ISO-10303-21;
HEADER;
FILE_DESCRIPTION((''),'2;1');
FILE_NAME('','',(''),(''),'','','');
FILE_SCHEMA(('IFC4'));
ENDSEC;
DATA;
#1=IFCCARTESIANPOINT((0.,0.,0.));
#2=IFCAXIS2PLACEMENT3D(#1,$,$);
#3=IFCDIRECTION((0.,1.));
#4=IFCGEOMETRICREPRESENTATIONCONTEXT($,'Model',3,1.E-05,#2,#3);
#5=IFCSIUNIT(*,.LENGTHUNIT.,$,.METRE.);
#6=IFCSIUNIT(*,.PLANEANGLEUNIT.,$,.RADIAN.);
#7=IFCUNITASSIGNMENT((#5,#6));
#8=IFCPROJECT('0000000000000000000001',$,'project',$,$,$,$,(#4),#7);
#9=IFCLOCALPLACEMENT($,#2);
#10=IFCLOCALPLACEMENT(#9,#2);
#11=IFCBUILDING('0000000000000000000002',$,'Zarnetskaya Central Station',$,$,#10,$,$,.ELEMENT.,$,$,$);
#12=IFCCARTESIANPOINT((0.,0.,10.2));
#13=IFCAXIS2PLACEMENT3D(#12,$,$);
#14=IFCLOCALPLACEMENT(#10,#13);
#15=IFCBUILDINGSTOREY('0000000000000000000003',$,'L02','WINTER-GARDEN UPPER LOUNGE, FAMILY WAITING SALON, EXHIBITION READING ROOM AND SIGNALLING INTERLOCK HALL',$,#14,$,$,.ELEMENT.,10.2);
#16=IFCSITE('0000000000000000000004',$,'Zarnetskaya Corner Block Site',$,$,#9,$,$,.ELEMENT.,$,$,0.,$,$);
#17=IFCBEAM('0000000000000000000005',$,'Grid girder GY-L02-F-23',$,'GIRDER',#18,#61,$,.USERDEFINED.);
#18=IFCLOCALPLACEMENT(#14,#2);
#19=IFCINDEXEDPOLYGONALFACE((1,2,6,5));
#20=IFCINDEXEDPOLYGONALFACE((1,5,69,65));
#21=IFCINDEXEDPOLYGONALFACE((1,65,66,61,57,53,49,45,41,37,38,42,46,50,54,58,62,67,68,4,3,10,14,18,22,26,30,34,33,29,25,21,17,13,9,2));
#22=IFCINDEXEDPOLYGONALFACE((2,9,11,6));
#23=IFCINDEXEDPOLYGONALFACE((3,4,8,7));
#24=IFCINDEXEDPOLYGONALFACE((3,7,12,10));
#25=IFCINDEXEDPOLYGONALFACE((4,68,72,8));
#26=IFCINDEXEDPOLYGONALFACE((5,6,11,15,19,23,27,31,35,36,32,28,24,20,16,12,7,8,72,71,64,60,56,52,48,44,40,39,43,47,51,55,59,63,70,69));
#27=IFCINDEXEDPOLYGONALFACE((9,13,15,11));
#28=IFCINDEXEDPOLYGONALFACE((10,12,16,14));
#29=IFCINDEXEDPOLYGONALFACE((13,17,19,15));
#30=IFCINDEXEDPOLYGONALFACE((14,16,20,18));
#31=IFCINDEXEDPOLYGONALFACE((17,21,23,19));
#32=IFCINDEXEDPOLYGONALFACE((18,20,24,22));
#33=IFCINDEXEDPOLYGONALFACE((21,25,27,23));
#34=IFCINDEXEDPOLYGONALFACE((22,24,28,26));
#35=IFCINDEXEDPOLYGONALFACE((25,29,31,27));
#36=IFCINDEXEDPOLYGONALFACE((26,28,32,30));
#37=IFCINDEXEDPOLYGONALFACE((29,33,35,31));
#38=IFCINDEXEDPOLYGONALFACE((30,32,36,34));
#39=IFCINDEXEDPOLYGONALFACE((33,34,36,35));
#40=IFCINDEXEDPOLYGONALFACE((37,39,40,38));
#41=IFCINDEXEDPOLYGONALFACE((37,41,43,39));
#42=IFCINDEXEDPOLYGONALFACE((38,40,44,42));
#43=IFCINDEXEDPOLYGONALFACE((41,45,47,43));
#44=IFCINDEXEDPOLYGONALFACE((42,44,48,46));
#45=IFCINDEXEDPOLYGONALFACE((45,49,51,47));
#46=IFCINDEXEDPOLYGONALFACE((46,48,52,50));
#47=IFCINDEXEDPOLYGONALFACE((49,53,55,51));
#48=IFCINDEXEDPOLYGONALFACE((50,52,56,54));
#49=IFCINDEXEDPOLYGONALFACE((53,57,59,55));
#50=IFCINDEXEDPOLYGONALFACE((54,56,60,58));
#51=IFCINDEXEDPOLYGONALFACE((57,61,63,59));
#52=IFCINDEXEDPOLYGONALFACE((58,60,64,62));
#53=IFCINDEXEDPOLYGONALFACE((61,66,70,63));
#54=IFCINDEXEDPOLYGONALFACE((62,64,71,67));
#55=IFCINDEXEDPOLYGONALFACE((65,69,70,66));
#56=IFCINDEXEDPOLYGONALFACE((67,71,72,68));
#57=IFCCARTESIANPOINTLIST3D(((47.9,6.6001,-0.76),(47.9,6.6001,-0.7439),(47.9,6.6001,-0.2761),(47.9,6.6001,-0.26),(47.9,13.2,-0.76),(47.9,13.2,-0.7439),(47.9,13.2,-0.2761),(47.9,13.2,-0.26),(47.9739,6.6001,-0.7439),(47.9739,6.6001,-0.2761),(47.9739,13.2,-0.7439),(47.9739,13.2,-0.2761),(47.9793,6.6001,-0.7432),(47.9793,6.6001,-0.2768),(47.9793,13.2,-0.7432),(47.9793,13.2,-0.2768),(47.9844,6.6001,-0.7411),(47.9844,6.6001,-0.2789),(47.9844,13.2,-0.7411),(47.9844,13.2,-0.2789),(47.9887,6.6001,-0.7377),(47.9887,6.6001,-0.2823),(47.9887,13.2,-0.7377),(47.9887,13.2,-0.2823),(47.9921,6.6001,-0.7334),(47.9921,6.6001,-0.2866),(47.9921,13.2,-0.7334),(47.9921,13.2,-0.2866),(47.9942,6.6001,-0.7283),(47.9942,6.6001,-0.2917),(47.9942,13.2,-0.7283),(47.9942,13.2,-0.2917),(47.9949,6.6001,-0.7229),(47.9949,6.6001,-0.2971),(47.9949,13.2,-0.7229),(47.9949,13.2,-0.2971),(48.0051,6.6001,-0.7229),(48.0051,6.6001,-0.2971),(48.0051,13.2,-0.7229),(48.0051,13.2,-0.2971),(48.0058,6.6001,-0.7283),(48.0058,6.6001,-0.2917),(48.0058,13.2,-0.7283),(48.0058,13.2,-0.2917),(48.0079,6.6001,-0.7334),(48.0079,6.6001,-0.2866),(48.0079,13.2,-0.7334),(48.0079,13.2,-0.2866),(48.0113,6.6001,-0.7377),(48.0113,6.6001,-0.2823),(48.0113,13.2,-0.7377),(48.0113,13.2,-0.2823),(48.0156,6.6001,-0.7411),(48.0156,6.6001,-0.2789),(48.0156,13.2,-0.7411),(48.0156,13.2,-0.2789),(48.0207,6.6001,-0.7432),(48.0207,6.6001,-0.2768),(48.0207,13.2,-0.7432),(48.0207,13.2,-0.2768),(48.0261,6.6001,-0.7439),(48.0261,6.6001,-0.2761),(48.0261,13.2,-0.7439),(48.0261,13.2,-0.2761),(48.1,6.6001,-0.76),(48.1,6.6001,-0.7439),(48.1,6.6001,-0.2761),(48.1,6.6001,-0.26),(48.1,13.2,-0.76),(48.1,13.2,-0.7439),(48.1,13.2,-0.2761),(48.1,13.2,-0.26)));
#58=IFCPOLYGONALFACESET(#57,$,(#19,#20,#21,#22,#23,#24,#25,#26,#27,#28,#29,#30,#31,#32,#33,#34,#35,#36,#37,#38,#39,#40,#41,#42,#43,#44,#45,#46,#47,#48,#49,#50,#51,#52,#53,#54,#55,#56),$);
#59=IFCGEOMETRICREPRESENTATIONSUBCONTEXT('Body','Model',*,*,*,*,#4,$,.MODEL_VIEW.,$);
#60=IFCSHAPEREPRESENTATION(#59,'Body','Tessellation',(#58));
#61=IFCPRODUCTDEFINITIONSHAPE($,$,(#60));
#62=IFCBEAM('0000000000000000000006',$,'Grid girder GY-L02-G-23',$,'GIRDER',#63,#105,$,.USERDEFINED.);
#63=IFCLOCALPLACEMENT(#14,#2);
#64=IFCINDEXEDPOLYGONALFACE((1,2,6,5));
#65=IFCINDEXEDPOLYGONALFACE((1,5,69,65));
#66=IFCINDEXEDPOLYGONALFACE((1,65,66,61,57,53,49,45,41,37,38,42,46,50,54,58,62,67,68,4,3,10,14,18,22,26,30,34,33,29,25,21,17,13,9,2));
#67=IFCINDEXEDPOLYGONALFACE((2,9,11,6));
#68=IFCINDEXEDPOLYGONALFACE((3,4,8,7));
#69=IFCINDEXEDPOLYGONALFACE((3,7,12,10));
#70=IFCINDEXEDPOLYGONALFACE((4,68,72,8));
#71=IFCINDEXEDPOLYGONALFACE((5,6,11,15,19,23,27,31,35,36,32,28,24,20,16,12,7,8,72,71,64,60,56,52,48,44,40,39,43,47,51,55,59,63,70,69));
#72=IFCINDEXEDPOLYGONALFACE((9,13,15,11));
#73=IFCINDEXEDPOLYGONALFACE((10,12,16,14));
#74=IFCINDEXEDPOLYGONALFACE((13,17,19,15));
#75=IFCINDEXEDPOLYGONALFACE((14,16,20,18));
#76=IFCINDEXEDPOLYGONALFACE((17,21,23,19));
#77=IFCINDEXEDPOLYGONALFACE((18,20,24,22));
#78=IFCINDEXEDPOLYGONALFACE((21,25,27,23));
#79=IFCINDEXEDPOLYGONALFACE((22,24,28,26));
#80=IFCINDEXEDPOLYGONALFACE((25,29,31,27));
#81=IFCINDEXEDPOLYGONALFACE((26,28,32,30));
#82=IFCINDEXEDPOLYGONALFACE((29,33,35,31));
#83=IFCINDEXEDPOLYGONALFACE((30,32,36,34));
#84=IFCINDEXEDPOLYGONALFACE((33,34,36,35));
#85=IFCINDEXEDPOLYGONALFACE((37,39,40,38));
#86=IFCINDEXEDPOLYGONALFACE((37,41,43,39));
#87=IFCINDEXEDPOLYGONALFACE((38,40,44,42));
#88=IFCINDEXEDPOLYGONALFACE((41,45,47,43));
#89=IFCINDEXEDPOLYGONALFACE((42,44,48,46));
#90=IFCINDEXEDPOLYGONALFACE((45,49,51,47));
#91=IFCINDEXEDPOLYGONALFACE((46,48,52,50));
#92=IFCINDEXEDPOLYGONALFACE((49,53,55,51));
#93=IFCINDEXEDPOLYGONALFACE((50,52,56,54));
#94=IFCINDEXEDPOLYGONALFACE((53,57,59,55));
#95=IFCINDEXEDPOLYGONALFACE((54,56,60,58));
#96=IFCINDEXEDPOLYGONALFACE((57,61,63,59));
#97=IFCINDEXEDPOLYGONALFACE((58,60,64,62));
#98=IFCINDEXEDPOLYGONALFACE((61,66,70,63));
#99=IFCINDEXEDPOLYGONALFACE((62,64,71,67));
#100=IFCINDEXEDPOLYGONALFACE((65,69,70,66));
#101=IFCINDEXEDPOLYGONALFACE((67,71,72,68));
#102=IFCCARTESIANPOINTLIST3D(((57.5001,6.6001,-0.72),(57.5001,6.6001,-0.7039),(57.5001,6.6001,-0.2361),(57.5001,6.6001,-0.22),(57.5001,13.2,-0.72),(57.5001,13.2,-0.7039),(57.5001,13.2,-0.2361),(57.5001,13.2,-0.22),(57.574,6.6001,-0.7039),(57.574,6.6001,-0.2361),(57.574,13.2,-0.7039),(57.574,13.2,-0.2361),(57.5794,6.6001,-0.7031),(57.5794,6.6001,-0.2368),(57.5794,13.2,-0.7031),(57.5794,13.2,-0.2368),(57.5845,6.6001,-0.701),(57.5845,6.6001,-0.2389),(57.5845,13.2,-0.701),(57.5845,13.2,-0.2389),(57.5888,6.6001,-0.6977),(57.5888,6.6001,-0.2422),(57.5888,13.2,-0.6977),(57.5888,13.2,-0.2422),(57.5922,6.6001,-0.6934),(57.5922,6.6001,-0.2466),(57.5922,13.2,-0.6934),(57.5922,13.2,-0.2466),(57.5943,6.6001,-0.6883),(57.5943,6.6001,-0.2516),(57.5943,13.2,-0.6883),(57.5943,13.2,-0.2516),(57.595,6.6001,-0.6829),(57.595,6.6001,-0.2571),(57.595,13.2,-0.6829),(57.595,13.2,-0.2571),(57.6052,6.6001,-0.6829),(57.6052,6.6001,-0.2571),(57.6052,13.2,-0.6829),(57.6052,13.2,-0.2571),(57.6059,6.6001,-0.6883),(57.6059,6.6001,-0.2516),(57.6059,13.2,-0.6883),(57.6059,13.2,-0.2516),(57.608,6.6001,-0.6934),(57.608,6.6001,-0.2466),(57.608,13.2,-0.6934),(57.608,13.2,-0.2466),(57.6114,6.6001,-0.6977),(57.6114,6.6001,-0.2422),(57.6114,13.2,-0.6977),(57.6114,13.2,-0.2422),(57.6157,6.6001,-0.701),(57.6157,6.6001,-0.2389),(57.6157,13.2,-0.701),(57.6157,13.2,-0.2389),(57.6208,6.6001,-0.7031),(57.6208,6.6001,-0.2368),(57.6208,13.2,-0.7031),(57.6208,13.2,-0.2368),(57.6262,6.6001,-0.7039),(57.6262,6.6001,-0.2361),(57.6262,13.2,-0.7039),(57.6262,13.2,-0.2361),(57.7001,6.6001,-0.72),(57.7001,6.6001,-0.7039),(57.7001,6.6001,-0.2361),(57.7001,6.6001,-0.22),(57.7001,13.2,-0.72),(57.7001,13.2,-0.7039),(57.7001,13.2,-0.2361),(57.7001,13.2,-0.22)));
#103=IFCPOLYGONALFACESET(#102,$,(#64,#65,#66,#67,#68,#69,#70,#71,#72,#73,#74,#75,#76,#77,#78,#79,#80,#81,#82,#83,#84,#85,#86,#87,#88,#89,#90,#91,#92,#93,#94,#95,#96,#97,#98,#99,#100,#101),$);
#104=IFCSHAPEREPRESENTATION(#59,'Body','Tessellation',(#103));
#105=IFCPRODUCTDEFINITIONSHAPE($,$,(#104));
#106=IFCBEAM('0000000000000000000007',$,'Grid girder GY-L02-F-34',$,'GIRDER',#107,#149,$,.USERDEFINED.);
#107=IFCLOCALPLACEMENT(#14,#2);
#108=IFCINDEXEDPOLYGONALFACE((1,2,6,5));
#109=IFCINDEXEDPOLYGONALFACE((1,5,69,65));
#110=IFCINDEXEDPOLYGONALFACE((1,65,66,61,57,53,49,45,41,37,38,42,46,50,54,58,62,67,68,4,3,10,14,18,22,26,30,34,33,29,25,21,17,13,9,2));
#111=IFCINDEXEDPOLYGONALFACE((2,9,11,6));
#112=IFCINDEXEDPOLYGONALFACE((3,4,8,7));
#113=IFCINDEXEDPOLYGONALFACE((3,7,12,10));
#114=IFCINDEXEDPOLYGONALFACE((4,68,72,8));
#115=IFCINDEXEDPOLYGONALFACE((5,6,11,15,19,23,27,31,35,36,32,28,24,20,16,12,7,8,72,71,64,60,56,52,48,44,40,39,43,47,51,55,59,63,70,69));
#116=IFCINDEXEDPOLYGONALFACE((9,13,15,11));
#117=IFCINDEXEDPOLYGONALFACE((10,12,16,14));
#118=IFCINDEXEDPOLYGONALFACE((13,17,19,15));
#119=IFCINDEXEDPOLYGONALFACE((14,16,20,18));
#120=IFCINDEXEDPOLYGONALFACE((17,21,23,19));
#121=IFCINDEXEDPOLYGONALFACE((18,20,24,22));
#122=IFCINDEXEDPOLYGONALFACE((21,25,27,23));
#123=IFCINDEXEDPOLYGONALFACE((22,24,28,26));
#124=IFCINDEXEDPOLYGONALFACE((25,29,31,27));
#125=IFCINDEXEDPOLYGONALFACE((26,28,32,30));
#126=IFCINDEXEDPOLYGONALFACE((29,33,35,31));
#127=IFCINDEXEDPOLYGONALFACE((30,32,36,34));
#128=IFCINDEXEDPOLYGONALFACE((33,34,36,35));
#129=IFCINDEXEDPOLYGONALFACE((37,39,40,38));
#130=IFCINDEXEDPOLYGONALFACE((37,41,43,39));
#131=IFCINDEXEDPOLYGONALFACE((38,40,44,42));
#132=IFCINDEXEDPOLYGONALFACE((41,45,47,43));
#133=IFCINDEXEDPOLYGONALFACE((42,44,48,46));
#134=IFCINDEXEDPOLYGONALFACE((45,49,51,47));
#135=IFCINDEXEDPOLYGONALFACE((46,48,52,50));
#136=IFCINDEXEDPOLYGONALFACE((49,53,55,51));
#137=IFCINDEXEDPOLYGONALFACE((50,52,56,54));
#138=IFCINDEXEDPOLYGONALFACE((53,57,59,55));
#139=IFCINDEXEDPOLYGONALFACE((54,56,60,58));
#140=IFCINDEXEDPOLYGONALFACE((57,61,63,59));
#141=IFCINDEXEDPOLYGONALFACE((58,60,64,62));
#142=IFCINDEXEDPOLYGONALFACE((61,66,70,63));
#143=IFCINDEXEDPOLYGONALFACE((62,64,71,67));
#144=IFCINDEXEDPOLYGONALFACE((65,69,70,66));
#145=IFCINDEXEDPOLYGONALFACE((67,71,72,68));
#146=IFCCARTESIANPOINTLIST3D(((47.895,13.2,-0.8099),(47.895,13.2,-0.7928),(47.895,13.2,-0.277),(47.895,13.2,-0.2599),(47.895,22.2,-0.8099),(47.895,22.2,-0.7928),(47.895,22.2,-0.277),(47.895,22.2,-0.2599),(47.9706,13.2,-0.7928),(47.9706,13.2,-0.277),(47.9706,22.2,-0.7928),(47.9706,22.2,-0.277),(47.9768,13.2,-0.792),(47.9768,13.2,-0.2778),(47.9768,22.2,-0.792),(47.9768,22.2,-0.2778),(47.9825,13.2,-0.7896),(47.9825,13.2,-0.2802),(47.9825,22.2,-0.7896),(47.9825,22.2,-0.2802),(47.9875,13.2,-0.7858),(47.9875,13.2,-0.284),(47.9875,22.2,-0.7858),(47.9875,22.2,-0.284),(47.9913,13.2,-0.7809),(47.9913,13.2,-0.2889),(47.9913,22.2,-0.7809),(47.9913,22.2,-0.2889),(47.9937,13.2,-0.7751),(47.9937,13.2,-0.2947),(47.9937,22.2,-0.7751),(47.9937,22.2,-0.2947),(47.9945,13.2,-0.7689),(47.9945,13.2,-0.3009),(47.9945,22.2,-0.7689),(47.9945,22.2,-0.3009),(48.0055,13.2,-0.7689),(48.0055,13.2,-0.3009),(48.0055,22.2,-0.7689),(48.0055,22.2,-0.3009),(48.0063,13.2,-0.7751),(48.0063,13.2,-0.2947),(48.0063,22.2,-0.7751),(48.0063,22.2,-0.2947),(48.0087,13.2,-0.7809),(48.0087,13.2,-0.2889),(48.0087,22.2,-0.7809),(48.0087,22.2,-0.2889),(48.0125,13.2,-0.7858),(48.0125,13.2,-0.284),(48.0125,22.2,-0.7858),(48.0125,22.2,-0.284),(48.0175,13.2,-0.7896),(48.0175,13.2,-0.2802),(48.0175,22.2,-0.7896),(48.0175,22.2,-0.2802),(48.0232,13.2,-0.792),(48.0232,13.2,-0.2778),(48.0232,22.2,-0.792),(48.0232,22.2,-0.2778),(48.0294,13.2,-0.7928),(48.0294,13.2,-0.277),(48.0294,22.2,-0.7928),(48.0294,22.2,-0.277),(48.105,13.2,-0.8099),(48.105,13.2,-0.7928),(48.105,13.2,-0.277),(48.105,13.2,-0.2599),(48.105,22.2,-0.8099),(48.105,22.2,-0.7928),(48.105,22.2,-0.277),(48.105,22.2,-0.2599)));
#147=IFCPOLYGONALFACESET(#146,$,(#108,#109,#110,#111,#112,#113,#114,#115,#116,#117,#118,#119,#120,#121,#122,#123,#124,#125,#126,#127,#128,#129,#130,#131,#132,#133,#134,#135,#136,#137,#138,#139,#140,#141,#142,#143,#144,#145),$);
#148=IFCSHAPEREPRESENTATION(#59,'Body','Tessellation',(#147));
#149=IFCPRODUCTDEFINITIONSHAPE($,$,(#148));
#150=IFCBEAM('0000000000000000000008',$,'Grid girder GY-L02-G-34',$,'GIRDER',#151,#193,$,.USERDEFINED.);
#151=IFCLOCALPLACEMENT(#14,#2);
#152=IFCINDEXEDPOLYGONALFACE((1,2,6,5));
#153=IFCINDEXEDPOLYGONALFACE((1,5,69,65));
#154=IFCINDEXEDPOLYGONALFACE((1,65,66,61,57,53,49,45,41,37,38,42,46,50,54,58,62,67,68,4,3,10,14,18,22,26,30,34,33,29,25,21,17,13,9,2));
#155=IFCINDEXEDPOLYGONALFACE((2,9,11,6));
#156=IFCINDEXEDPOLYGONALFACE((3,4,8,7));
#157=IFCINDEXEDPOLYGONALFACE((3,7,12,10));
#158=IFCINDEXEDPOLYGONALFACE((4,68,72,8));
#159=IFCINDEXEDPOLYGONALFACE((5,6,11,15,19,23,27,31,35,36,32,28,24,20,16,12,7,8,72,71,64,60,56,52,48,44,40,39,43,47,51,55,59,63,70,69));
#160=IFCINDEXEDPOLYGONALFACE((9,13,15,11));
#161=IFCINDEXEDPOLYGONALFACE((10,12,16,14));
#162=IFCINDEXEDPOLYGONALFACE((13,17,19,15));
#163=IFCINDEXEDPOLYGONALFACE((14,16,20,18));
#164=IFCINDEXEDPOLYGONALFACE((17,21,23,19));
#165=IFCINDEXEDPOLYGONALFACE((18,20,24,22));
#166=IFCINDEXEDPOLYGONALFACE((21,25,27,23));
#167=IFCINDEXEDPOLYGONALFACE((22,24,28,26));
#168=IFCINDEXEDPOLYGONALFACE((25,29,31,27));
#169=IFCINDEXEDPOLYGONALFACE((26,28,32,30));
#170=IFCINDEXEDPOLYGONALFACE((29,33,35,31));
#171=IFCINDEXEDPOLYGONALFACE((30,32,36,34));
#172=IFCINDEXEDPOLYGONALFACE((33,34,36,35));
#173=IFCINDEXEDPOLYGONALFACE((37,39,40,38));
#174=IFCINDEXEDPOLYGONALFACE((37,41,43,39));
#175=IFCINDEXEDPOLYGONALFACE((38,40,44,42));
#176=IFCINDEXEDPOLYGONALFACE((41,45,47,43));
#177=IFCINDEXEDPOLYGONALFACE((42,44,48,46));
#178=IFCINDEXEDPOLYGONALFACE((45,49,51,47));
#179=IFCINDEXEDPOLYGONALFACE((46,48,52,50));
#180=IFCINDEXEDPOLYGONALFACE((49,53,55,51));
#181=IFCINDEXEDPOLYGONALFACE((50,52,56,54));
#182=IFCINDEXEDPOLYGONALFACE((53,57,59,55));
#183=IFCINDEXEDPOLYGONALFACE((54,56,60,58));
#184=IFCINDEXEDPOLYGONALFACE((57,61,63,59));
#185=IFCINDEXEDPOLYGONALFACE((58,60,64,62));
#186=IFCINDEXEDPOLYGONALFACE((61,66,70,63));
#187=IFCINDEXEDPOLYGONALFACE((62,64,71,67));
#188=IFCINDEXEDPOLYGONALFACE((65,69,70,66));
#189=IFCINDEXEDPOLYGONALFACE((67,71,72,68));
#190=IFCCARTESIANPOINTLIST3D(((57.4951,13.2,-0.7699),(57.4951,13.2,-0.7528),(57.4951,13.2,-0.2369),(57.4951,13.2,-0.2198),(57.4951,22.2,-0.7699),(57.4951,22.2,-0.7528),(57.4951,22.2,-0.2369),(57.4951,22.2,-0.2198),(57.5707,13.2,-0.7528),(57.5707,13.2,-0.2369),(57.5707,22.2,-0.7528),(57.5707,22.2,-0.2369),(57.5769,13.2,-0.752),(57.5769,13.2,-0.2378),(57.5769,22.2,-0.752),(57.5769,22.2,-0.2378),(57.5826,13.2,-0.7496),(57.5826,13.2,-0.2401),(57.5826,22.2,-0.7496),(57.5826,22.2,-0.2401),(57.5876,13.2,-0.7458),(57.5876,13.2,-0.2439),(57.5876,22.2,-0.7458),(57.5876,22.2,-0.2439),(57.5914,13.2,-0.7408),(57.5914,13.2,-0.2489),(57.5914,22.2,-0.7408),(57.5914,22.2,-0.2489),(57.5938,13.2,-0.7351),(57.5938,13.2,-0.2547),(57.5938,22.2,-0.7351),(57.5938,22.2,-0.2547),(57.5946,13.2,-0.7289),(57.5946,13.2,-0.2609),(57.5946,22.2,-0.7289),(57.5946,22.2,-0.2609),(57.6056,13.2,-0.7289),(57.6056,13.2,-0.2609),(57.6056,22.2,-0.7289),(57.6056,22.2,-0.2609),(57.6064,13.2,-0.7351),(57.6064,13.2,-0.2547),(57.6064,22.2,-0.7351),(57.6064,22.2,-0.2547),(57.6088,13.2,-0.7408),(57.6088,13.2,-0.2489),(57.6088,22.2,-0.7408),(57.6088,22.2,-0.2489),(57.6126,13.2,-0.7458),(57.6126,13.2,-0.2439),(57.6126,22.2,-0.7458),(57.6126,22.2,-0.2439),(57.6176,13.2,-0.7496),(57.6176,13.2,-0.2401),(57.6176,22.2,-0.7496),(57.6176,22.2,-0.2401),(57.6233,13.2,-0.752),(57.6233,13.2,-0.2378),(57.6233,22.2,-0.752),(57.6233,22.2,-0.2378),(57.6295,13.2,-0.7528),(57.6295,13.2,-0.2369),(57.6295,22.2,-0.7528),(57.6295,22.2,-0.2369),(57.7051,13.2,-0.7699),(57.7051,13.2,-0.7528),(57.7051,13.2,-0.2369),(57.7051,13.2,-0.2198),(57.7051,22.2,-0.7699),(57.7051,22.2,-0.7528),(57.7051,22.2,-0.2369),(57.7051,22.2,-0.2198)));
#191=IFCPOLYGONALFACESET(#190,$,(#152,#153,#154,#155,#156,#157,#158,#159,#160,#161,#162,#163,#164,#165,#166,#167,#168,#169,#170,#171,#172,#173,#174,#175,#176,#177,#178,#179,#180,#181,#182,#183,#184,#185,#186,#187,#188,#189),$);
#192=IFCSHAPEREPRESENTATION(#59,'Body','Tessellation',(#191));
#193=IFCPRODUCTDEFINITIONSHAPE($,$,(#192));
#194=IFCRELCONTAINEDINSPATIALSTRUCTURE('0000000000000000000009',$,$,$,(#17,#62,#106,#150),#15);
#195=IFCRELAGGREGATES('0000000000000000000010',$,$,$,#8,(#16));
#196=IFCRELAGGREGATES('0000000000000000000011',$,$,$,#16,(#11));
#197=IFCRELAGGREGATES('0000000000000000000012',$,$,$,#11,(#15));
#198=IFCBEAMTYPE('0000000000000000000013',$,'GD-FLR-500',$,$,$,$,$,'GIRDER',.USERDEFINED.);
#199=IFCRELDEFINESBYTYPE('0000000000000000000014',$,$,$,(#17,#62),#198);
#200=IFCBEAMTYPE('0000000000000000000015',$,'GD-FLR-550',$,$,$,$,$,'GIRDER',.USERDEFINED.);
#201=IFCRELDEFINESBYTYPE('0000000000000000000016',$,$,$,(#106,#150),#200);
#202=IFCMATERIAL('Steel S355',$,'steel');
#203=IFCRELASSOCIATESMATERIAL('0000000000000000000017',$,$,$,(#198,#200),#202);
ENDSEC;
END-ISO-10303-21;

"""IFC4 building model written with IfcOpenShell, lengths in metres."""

from ifc_helpers import new_model, si_unit, direction, frame, origin, origin_2d, place, context, subcontext, project, spatial, i_section, extrude, material, material_profile, profile_set, type_object, element, save


model = new_model("IFC4")

# Units and contexts
model_context = context("Model", 3, precision=1e-05, world=origin(), true_north=direction((0.0, 1.0)))
body_context = subcontext(model_context, "Body", "Model", "MODEL_VIEW")
ifc_project = project(units=[si_unit("LENGTHUNIT", "METRE"), si_unit("PLANEANGLEUNIT", "RADIAN")], contexts=[model_context])

# Site, building, storey
site_placement = place(None, origin())
site = spatial("IfcSite", under=ifc_project, at=site_placement, Name="Zarnetskaya Corner Block Site", CompositionType="ELEMENT", RefElevation=0.0)
building_placement = place(site_placement, origin())
building = spatial("IfcBuilding", under=site, at=building_placement, Name="Zarnetskaya Central Station", CompositionType="ELEMENT")
storey_placement = place(building_placement, frame((0.0, 0.0, 10.2)))
storey = spatial("IfcBuildingStorey", under=building, at=storey_placement, Name="L02", Description="WINTER-GARDEN UPPER LOUNGE, FAMILY WAITING SALON, EXHIBITION READING ROOM AND SIGNALLING INTERLOCK HALL", CompositionType="ELEMENT", Elevation=10.2)

# Shared definitions
ifc_material_1 = material(Name="Steel S355", Category="steel")

# Beams
ifc_material_profile_1 = material_profile(ifc_material_1, i_section(OverallWidth=0.2, OverallDepth=0.5, WebThickness=0.0103, FlangeThickness=0.0161, FilletRadius=0.021, at=origin_2d()), Name="IPE 500")
ifc_profile_set_1 = profile_set([ifc_material_profile_1], Name="Steel S355")
beam_type_1 = type_object("IfcBeamType", Name="GD-FLR-500", ElementType="GIRDER", PredefinedType="USERDEFINED", material=ifc_profile_set_1)
for number, where, z_axis, x_axis, name in (
    (1, (48.0, 6.6001, -0.51), (0.0, 1.0, 0.0), (-1.0, 0.0, 0.0), "Grid girder GY-L02-F-23"),
    (2, (57.6001, 6.6001, -0.47), (0.0, 1.0, 0.0), (-1.0, 0.0, 0.0), "Grid girder GY-L02-G-23"),
):
    element("IfcBeam", number, at=place(storey_placement, frame(where, z_axis=z_axis, x_axis=x_axis)), inside=storey, type_object=beam_type_1, Name=name, ObjectType="GIRDER", PredefinedType="USERDEFINED", context=body_context, shape_type="SweptSolid", body=[
        extrude(i_section(OverallWidth=0.2, OverallDepth=0.5, WebThickness=0.0103, FlangeThickness=0.0161, FilletRadius=0.021, at=origin_2d()), origin(), (0.0, 0.0, 1.0), 6.5999),
    ])
ifc_material_profile_2 = material_profile(ifc_material_1, i_section(OverallWidth=0.21, OverallDepth=0.55, WebThickness=0.011, FlangeThickness=0.0171, FilletRadius=0.0239, at=origin_2d()), Name="IPE 550")
ifc_profile_set_2 = profile_set([ifc_material_profile_2], Name="Steel S355")
beam_type_2 = type_object("IfcBeamType", Name="GD-FLR-550", ElementType="GIRDER", PredefinedType="USERDEFINED", material=ifc_profile_set_2)
for number, where, z_axis, x_axis, name in (
    (3, (48.0, 13.2, -0.5349), (0.0, 1.0, 0.0), (-1.0, 0.0, 0.0), "Grid girder GY-L02-F-34"),
    (4, (57.6001, 13.2, -0.4949), (0.0, 1.0, 0.0), (-1.0, 0.0, 0.0), "Grid girder GY-L02-G-34"),
):
    element("IfcBeam", number, at=place(storey_placement, frame(where, z_axis=z_axis, x_axis=x_axis)), inside=storey, type_object=beam_type_2, Name=name, ObjectType="GIRDER", PredefinedType="USERDEFINED", context=body_context, shape_type="SweptSolid", body=[
        extrude(i_section(OverallWidth=0.21, OverallDepth=0.55, WebThickness=0.011, FlangeThickness=0.0171, FilletRadius=0.0239, at=origin_2d()), origin(), (0.0, 0.0, 1.0), 9.0),
    ])

save(model, "model.ifc")
